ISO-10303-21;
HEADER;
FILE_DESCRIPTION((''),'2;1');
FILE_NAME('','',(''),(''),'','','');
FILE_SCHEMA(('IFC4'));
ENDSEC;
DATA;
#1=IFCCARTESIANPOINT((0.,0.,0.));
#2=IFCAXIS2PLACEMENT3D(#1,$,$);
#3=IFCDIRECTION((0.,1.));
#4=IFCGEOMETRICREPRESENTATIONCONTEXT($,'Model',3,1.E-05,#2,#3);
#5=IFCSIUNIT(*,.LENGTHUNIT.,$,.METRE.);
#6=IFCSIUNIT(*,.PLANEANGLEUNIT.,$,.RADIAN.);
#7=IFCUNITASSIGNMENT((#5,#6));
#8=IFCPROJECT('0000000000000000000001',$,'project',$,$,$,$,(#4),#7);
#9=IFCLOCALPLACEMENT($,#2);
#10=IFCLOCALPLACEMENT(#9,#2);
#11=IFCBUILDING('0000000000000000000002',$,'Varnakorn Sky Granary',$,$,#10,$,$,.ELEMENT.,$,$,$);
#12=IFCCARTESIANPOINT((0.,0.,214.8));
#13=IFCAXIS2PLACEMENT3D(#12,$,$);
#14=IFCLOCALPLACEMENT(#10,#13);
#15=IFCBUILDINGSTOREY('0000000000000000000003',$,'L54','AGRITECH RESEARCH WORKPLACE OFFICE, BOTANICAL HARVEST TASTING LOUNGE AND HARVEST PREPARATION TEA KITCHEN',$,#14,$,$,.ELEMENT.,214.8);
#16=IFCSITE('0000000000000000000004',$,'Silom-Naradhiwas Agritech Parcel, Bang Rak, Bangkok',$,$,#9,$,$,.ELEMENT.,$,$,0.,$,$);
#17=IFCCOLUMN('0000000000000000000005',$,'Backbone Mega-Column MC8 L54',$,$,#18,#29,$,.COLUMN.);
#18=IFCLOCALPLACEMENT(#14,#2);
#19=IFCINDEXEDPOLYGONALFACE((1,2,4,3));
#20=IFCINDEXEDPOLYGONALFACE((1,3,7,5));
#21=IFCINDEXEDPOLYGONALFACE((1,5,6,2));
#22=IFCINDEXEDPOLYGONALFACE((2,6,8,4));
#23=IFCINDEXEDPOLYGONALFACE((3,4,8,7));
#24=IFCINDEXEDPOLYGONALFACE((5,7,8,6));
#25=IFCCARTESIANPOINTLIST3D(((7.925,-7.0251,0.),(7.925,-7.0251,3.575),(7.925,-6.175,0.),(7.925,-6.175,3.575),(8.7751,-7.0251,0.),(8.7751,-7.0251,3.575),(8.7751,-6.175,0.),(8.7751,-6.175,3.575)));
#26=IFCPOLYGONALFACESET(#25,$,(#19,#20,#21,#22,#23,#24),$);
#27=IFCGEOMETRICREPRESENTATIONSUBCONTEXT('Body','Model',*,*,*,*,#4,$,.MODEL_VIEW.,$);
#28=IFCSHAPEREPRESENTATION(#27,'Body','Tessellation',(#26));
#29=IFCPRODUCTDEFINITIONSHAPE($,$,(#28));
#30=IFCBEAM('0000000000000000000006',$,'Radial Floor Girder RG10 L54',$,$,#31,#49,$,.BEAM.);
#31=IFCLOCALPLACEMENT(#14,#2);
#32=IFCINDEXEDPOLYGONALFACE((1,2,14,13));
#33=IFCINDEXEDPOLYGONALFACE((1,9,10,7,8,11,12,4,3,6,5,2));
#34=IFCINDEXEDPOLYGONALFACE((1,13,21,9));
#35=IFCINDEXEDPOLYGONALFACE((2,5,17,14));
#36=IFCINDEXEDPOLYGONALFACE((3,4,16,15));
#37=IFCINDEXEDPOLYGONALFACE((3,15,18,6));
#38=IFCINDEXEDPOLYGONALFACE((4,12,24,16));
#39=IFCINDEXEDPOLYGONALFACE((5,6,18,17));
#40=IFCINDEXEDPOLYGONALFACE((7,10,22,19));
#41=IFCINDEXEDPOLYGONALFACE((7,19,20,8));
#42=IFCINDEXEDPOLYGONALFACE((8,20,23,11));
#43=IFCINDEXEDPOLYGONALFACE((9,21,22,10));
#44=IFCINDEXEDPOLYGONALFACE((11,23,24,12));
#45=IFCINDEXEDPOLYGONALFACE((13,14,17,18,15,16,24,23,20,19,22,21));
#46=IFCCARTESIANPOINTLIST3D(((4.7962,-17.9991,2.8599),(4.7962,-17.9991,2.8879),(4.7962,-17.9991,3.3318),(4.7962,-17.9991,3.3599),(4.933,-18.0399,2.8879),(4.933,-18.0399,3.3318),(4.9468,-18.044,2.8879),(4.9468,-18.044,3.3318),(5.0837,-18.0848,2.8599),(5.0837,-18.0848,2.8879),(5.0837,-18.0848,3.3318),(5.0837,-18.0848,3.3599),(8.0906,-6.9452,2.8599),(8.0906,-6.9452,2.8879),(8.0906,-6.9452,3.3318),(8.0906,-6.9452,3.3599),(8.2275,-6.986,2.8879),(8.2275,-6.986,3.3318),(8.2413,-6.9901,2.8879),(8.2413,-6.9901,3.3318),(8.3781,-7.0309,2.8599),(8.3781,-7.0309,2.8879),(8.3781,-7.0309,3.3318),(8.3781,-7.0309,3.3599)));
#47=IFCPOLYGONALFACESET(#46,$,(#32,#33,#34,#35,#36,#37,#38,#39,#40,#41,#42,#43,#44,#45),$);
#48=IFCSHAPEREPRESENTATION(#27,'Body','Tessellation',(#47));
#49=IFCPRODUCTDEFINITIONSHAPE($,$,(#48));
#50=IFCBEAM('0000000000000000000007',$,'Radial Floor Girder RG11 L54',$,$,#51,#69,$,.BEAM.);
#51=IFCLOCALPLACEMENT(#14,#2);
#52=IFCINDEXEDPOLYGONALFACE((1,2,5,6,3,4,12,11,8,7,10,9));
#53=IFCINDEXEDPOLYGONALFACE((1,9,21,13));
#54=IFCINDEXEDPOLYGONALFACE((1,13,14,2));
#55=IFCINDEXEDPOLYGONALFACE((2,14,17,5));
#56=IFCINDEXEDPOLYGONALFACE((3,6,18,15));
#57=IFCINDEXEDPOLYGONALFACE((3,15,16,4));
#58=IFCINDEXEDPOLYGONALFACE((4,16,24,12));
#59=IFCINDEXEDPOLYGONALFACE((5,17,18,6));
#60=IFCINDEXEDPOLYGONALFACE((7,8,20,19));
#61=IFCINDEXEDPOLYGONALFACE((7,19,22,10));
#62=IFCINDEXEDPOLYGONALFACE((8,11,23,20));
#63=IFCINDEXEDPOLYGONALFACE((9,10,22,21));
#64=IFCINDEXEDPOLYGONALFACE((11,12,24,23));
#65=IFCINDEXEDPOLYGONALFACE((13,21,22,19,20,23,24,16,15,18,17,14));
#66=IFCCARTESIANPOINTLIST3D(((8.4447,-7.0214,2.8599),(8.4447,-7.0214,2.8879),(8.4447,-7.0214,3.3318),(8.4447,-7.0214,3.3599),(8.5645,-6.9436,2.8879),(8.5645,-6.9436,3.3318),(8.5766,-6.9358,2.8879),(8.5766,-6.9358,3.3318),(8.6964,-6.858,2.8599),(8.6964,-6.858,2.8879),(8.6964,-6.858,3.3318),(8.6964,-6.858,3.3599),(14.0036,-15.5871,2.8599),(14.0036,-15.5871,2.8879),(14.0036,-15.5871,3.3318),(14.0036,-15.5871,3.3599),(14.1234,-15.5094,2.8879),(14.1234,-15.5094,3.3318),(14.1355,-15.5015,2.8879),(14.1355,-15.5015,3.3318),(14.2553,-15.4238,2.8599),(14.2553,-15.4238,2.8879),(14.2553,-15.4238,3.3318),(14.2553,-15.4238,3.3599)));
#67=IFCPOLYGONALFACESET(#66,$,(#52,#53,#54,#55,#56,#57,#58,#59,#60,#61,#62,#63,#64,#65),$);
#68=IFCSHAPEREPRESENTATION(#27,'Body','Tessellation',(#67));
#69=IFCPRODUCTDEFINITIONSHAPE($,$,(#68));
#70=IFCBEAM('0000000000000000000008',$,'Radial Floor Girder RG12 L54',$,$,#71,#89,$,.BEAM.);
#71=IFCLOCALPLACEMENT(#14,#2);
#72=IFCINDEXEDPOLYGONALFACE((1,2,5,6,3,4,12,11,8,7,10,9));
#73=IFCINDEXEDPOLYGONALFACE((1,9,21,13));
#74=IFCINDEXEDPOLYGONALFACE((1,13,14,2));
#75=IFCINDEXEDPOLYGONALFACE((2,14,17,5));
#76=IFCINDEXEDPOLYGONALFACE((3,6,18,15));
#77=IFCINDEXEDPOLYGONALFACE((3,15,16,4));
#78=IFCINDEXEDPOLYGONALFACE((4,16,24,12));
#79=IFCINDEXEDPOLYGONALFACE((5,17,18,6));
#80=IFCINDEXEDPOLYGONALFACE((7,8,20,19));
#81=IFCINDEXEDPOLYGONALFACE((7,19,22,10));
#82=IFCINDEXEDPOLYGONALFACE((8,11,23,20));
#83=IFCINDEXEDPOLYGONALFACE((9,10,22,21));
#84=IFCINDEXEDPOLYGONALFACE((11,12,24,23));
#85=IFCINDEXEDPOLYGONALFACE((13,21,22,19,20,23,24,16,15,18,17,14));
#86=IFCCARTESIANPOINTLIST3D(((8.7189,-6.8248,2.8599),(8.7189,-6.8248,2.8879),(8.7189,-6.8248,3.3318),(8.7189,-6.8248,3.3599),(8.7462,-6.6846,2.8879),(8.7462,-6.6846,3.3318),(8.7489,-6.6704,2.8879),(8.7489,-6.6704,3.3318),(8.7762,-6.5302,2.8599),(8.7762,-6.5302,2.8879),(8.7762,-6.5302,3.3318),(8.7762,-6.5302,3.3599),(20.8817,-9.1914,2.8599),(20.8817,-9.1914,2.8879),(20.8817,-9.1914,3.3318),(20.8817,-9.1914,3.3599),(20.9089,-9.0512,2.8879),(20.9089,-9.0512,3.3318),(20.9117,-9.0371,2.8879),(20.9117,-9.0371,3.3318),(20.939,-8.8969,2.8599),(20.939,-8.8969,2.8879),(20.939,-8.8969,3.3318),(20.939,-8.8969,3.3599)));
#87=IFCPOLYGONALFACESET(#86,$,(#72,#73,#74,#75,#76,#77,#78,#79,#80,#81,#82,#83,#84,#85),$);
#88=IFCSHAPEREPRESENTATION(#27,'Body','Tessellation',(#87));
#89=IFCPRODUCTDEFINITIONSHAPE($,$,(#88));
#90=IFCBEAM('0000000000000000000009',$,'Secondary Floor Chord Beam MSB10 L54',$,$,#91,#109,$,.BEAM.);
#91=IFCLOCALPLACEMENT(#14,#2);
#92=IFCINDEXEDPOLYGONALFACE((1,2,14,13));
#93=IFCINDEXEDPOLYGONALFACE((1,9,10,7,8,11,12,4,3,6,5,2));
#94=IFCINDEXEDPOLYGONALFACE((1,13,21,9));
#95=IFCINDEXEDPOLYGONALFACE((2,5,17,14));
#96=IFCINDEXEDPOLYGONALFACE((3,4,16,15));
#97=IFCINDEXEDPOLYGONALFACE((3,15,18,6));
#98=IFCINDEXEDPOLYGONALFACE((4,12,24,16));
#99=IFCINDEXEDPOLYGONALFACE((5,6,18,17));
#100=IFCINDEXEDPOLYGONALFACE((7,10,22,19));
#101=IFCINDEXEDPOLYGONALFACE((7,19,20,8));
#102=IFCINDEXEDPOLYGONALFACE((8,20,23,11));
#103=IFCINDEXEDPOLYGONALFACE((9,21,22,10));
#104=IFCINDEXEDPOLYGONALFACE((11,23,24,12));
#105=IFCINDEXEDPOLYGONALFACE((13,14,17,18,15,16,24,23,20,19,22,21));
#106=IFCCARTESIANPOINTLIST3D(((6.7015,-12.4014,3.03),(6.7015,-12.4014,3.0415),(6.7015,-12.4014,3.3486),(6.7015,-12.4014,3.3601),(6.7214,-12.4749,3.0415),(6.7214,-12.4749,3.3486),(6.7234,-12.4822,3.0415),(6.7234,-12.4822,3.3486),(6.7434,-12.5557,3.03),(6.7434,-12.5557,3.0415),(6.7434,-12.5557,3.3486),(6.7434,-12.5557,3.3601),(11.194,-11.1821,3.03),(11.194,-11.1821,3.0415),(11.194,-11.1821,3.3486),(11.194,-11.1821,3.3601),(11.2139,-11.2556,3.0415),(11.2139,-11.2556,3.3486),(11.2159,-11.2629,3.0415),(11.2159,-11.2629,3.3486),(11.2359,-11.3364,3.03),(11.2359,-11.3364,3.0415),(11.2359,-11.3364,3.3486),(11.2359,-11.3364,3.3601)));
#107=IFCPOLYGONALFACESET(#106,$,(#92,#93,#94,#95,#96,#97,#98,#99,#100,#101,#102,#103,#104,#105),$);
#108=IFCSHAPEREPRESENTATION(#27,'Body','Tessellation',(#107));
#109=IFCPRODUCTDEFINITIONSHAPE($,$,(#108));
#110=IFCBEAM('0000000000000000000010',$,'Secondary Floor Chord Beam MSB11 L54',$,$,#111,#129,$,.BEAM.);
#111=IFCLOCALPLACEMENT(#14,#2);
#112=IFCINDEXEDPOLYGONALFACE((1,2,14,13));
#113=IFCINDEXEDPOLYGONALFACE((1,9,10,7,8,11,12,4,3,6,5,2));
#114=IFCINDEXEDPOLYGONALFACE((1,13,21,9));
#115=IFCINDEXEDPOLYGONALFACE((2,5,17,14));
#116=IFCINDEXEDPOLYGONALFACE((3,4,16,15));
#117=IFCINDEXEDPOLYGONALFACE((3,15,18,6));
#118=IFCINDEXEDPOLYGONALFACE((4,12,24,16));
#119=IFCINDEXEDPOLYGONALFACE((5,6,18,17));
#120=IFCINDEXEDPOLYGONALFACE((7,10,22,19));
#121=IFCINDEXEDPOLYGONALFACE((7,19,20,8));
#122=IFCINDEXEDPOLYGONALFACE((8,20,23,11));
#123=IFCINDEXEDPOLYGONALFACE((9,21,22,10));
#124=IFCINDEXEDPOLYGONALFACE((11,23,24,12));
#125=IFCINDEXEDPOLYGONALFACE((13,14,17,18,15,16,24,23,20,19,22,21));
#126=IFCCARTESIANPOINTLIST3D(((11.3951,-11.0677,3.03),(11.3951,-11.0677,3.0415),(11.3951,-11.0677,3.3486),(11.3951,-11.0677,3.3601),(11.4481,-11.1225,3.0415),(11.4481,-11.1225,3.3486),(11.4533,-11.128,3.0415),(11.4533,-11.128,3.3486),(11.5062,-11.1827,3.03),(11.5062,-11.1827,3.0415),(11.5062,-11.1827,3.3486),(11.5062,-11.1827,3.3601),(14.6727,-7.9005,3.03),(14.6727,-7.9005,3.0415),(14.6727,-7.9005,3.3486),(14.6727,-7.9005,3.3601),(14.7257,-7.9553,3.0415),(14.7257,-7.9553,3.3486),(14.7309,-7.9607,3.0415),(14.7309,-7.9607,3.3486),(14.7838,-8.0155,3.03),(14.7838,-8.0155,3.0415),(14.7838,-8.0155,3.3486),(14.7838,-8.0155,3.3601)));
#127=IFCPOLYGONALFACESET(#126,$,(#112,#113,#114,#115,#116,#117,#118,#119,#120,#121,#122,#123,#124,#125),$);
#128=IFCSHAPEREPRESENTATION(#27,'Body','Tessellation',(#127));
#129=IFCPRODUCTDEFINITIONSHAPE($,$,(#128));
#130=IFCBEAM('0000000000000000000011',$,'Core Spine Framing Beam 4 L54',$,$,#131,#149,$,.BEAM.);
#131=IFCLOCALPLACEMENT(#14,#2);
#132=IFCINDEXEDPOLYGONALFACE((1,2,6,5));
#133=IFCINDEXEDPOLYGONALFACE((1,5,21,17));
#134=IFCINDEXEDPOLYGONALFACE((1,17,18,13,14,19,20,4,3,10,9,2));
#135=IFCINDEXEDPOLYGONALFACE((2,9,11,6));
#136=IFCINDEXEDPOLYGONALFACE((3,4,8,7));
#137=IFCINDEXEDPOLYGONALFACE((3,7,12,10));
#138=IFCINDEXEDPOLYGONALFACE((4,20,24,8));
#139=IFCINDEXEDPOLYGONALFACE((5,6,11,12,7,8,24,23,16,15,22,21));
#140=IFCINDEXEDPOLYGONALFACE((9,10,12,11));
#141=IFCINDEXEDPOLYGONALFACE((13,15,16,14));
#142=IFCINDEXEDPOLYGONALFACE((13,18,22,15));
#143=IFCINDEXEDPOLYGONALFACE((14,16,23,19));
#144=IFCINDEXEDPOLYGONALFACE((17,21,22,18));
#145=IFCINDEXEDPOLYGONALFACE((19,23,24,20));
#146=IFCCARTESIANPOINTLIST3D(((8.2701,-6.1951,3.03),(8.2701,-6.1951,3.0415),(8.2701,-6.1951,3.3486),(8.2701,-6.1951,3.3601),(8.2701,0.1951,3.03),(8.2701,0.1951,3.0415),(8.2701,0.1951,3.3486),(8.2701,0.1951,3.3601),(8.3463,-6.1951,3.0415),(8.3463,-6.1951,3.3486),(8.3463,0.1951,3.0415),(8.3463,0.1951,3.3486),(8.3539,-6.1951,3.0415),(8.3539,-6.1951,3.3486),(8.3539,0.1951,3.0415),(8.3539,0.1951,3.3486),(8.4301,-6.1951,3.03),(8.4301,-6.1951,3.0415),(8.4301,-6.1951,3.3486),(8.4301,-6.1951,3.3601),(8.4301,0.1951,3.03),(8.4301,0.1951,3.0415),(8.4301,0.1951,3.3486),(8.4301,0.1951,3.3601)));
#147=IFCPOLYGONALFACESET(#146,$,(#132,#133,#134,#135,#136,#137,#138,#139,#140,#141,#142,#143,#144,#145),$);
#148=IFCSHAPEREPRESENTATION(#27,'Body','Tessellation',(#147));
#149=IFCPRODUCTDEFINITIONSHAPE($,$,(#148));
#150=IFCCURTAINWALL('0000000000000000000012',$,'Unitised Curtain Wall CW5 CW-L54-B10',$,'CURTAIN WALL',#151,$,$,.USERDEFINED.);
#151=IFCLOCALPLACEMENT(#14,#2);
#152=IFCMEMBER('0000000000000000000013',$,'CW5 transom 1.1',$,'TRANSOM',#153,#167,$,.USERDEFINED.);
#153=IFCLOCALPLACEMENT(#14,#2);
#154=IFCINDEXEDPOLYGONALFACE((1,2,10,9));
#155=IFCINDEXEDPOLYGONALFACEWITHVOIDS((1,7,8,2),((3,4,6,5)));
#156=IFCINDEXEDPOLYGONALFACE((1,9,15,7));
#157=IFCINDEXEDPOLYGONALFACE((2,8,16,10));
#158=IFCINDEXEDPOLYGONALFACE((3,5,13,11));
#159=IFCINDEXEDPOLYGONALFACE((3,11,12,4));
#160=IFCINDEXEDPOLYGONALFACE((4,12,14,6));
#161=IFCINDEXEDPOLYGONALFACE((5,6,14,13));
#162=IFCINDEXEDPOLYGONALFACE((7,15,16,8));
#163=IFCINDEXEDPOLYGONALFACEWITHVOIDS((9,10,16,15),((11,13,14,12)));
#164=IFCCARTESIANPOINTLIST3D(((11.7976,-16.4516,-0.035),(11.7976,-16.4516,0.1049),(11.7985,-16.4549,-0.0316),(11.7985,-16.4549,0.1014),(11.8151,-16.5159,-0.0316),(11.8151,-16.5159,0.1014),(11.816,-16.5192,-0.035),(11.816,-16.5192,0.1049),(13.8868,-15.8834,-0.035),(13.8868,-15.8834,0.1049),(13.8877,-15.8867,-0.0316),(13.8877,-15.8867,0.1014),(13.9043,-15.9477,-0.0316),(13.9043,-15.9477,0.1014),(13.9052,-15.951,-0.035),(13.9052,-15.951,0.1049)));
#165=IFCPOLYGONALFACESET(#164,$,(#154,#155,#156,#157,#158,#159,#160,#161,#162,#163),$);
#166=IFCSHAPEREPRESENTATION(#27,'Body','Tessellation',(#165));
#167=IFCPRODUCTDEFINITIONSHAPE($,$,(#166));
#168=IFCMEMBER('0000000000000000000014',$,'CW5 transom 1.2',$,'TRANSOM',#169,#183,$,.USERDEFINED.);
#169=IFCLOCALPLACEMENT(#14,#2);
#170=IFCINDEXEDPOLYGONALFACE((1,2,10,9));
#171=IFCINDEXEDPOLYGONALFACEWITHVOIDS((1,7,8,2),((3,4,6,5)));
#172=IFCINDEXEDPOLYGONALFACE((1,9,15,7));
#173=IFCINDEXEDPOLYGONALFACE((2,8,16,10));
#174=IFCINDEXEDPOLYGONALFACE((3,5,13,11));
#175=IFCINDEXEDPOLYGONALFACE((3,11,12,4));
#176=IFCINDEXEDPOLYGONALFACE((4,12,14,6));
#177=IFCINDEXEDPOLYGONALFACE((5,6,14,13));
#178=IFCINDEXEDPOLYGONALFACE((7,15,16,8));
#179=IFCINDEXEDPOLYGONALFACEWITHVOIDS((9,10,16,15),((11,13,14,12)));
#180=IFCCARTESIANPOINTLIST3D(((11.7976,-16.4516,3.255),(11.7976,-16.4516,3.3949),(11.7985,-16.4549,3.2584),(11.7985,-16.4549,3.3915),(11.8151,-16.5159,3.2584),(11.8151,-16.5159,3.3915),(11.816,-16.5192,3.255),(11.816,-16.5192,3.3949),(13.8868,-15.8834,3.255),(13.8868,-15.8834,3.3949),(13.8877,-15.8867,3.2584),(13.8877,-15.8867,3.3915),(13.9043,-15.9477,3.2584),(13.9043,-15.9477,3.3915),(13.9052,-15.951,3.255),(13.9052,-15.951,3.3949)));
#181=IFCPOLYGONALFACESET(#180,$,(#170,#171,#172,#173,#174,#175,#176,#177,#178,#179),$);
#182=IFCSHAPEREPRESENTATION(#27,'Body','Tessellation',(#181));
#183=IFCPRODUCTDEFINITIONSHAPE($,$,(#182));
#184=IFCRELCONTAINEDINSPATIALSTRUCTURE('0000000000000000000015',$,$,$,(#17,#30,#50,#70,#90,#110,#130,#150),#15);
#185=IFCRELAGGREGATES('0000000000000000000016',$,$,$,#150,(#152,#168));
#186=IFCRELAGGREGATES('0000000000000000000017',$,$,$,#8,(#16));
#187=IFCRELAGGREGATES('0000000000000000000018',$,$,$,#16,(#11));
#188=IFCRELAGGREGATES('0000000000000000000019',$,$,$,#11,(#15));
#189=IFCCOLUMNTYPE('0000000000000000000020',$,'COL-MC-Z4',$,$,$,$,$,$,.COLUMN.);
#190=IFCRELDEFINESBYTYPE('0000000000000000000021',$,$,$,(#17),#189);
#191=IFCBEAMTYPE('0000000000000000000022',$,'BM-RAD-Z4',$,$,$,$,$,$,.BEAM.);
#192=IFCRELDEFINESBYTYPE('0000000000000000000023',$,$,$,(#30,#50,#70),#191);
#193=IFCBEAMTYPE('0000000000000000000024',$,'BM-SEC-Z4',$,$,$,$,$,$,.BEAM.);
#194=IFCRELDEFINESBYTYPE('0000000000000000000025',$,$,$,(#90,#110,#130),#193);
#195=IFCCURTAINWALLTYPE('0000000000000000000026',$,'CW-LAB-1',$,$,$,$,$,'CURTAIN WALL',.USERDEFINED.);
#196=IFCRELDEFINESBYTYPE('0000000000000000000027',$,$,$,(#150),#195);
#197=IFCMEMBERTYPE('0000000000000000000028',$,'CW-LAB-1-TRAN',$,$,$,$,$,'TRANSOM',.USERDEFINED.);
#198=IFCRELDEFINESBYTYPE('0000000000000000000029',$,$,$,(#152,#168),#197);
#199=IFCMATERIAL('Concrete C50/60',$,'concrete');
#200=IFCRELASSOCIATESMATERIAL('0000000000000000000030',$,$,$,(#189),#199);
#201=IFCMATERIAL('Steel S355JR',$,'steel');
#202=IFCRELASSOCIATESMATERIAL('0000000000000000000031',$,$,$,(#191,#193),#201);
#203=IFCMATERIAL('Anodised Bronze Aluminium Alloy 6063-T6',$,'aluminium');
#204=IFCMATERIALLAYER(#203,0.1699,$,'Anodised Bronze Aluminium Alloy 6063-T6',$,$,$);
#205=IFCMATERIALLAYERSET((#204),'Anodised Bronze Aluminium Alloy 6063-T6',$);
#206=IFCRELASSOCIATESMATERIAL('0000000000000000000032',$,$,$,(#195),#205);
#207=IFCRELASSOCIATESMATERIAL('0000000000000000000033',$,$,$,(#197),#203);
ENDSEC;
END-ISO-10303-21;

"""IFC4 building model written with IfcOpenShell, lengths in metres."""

from ifc_helpers import new_model, si_unit, direction, frame, origin, origin_2d, place, context, subcontext, project, spatial, rectangle, hollow_rectangle, i_section, extrude, material, layer, layer_set, material_profile, profile_set, type_object, element, aggregate, save


model = new_model("IFC4")

# Units and contexts
model_context = context("Model", 3, precision=1e-05, world=origin(), true_north=direction((0.0, 1.0)))
body_context = subcontext(model_context, "Body", "Model", "MODEL_VIEW")
ifc_project = project(units=[si_unit("LENGTHUNIT", "METRE"), si_unit("PLANEANGLEUNIT", "RADIAN")], contexts=[model_context])

# Site, building, storey
site_placement = place(None, origin())
site = spatial("IfcSite", under=ifc_project, at=site_placement, Name="Silom-Naradhiwas Agritech Parcel, Bang Rak, Bangkok", CompositionType="ELEMENT", RefElevation=0.0)
building_placement = place(site_placement, origin())
building = spatial("IfcBuilding", under=site, at=building_placement, Name="Varnakorn Sky Granary", CompositionType="ELEMENT")
storey_placement = place(building_placement, frame((0.0, 0.0, 214.8)))
storey = spatial("IfcBuildingStorey", under=building, at=storey_placement, Name="L54", Description="AGRITECH RESEARCH WORKPLACE OFFICE, BOTANICAL HARVEST TASTING LOUNGE AND HARVEST PREPARATION TEA KITCHEN", CompositionType="ELEMENT", Elevation=214.8)

# Column
ifc_material_1 = material(Name="Concrete C50/60", Category="concrete")
ifc_material_profile_1 = material_profile(ifc_material_1, rectangle(XDim=0.8501, YDim=0.8501, at=origin_2d()), Name="RC 850x850")
ifc_profile_set_1 = profile_set([ifc_material_profile_1], Name="Concrete C50/60")
column_type = type_object("IfcColumnType", Name="COL-MC-Z4", PredefinedType="COLUMN", material=ifc_profile_set_1)
column_placement = place(storey_placement, frame((8.3501, -6.6001, 0.0), z_axis=(0.0, 0.0, 1.0), x_axis=(1.0, 0.0, 0.0)))
element("IfcColumn", 1, at=column_placement, inside=storey, type_object=column_type, Name="Backbone Mega-Column MC8 L54", PredefinedType="COLUMN", context=body_context, shape_type="SweptSolid", body=[
    extrude(rectangle(XDim=0.8501, YDim=0.8501, at=origin_2d()), origin(), (0.0, 0.0, 1.0), 3.575),
])

# Beams
ifc_material_2 = material(Name="Steel S355JR", Category="steel")
ifc_material_profile_2 = material_profile(ifc_material_2, i_section(OverallWidth=0.3, OverallDepth=0.5, WebThickness=0.0144, FlangeThickness=0.0281, at=origin_2d()), Name="HE 500 B")
ifc_profile_set_2 = profile_set([ifc_material_profile_2], Name="Steel S355JR")
beam_type_1 = type_object("IfcBeamType", Name="BM-RAD-Z4", PredefinedType="BEAM", material=ifc_profile_set_2)
beam_1_placement = place(storey_placement, frame((8.2344, -6.988, 3.1099), z_axis=(-0.285617, -0.958344, 0.0), x_axis=(0.958344, -0.285617, 0.0)))
element("IfcBeam", 2, at=beam_1_placement, inside=storey, type_object=beam_type_1, Name="Radial Floor Girder RG10 L54", PredefinedType="BEAM", context=body_context, shape_type="SweptSolid", body=[
    extrude(i_section(OverallWidth=0.3, OverallDepth=0.5, WebThickness=0.0144, FlangeThickness=0.0281, at=origin_2d()), origin(), (0.0, 0.0, 1.0), 11.5344),
])
beam_2_placement = place(storey_placement, frame((8.5706, -6.9397, 3.1099), z_axis=(0.544379, -0.838839, 0.0), x_axis=(0.838839, 0.544379, 0.0)))
element("IfcBeam", 3, at=beam_2_placement, inside=storey, type_object=beam_type_1, Name="Radial Floor Girder RG11 L54", PredefinedType="BEAM", context=body_context, shape_type="SweptSolid", body=[
    extrude(i_section(OverallWidth=0.3, OverallDepth=0.5, WebThickness=0.0144, FlangeThickness=0.0281, at=origin_2d()), origin(), (0.0, 0.0, 1.0), 10.2114),
])
beam_3_placement = place(storey_placement, frame((8.7476, -6.6775, 3.1099), z_axis=(0.98159, -0.191002, 0.0), x_axis=(0.191002, 0.98159, 0.0)))
element("IfcBeam", 4, at=beam_3_placement, inside=storey, type_object=beam_type_1, Name="Radial Floor Girder RG12 L54", PredefinedType="BEAM", context=body_context, shape_type="SweptSolid", body=[
    extrude(i_section(OverallWidth=0.3, OverallDepth=0.5, WebThickness=0.0144, FlangeThickness=0.0281, at=origin_2d()), origin(), (0.0, 0.0, 1.0), 12.3909),
])
ifc_material_profile_3 = material_profile(ifc_material_2, i_section(OverallWidth=0.1599, OverallDepth=0.3301, WebThickness=0.0076, FlangeThickness=0.0115, at=origin_2d()), Name="IPE 330")
ifc_profile_set_3 = profile_set([ifc_material_profile_3], Name="Steel S355JR")
beam_type_2 = type_object("IfcBeamType", Name="BM-SEC-Z4", PredefinedType="BEAM", material=ifc_profile_set_3)
beam_4_placement = place(storey_placement, frame((6.7224, -12.4785, 3.1951), z_axis=(0.965089, 0.261923, 0.0), x_axis=(-0.261923, 0.965089, 0.0)))
element("IfcBeam", 5, at=beam_4_placement, inside=storey, type_object=beam_type_2, Name="Secondary Floor Chord Beam MSB10 L54", PredefinedType="BEAM", context=body_context, shape_type="SweptSolid", body=[
    extrude(i_section(OverallWidth=0.1599, OverallDepth=0.3301, WebThickness=0.0076, FlangeThickness=0.0115, at=origin_2d()), origin(), (0.0, 0.0, 1.0), 4.655),
])
beam_5_placement = place(storey_placement, frame((11.4507, -11.1252, 3.1951), z_axis=(0.719109, 0.694897, 0.0), x_axis=(-0.694897, 0.719109, 0.0)))
element("IfcBeam", 6, at=beam_5_placement, inside=storey, type_object=beam_type_2, Name="Secondary Floor Chord Beam MSB11 L54", PredefinedType="BEAM", context=body_context, shape_type="SweptSolid", body=[
    extrude(i_section(OverallWidth=0.1599, OverallDepth=0.3301, WebThickness=0.0076, FlangeThickness=0.0115, at=origin_2d()), origin(), (0.0, 0.0, 1.0), 4.5579),
])
beam_6_placement = place(storey_placement, frame((8.3501, 0.1951, 3.1951), z_axis=(0.0, -1.0, 0.0), x_axis=(1.0, 0.0, 0.0)))
element("IfcBeam", 7, at=beam_6_placement, inside=storey, type_object=beam_type_2, Name="Core Spine Framing Beam 4 L54", PredefinedType="BEAM", context=body_context, shape_type="SweptSolid", body=[
    extrude(i_section(OverallWidth=0.1599, OverallDepth=0.3301, WebThickness=0.0076, FlangeThickness=0.0115, at=origin_2d()), origin(), (0.0, 0.0, 1.0), 6.3901),
])

# Curtain wall, members
ifc_material_3 = material(Name="Anodised Bronze Aluminium Alloy 6063-T6", Category="aluminium")
ifc_layer_1 = layer(ifc_material_3, 0.1699, Name="Anodised Bronze Aluminium Alloy 6063-T6")
ifc_layer_set_1 = layer_set([ifc_layer_1], Name="Anodised Bronze Aluminium Alloy 6063-T6")
curtain_wall_type = type_object("IfcCurtainWallType", Name="CW-LAB-1", ElementType="CURTAIN WALL", PredefinedType="USERDEFINED", material=ifc_layer_set_1)
curtain_wall_placement = place(storey_placement, origin())
curtain_wall = element("IfcCurtainWall", 8, at=curtain_wall_placement, inside=storey, type_object=curtain_wall_type, Name="Unitised Curtain Wall CW5 CW-L54-B10", ObjectType="CURTAIN WALL", PredefinedType="USERDEFINED")
ifc_material_profile_4 = material_profile(ifc_material_3, hollow_rectangle(XDim=0.0701, YDim=0.1399, WallThickness=0.0034, at=origin_2d()), Name="ALU TRAN 70x140")
ifc_profile_set_4 = profile_set([ifc_material_profile_4], Name="Anodised Bronze Aluminium Alloy 6063-T6")
member_type = type_object("IfcMemberType", Name="CW-LAB-1-TRAN", ElementType="TRANSOM", PredefinedType="USERDEFINED", material=ifc_profile_set_4)
member_1_placement = place(storey_placement, frame((13.896, -15.9172, 0.0349), z_axis=(-0.964956, -0.262411, 0.0), x_axis=(0.262411, -0.964956, 0.0)))
member_1 = element("IfcMember", 9, at=member_1_placement, type_object=member_type, Name="CW5 transom 1.1", ObjectType="TRANSOM", PredefinedType="USERDEFINED", context=body_context, shape_type="SweptSolid", body=[
    extrude(hollow_rectangle(XDim=0.0701, YDim=0.1399, WallThickness=0.0034, at=origin_2d()), origin(), (0.0, 0.0, 1.0), 2.165),
])
member_2_placement = place(storey_placement, frame((13.896, -15.9172, 3.325), z_axis=(-0.964956, -0.262411, 0.0), x_axis=(0.262411, -0.964956, 0.0)))
member_2 = element("IfcMember", 10, at=member_2_placement, type_object=member_type, Name="CW5 transom 1.2", ObjectType="TRANSOM", PredefinedType="USERDEFINED", context=body_context, shape_type="SweptSolid", body=[
    extrude(hollow_rectangle(XDim=0.0701, YDim=0.1399, WallThickness=0.0034, at=origin_2d()), origin(), (0.0, 0.0, 1.0), 2.165),
])
aggregate(curtain_wall, [member_1, member_2])

save(model, "model.ifc")
